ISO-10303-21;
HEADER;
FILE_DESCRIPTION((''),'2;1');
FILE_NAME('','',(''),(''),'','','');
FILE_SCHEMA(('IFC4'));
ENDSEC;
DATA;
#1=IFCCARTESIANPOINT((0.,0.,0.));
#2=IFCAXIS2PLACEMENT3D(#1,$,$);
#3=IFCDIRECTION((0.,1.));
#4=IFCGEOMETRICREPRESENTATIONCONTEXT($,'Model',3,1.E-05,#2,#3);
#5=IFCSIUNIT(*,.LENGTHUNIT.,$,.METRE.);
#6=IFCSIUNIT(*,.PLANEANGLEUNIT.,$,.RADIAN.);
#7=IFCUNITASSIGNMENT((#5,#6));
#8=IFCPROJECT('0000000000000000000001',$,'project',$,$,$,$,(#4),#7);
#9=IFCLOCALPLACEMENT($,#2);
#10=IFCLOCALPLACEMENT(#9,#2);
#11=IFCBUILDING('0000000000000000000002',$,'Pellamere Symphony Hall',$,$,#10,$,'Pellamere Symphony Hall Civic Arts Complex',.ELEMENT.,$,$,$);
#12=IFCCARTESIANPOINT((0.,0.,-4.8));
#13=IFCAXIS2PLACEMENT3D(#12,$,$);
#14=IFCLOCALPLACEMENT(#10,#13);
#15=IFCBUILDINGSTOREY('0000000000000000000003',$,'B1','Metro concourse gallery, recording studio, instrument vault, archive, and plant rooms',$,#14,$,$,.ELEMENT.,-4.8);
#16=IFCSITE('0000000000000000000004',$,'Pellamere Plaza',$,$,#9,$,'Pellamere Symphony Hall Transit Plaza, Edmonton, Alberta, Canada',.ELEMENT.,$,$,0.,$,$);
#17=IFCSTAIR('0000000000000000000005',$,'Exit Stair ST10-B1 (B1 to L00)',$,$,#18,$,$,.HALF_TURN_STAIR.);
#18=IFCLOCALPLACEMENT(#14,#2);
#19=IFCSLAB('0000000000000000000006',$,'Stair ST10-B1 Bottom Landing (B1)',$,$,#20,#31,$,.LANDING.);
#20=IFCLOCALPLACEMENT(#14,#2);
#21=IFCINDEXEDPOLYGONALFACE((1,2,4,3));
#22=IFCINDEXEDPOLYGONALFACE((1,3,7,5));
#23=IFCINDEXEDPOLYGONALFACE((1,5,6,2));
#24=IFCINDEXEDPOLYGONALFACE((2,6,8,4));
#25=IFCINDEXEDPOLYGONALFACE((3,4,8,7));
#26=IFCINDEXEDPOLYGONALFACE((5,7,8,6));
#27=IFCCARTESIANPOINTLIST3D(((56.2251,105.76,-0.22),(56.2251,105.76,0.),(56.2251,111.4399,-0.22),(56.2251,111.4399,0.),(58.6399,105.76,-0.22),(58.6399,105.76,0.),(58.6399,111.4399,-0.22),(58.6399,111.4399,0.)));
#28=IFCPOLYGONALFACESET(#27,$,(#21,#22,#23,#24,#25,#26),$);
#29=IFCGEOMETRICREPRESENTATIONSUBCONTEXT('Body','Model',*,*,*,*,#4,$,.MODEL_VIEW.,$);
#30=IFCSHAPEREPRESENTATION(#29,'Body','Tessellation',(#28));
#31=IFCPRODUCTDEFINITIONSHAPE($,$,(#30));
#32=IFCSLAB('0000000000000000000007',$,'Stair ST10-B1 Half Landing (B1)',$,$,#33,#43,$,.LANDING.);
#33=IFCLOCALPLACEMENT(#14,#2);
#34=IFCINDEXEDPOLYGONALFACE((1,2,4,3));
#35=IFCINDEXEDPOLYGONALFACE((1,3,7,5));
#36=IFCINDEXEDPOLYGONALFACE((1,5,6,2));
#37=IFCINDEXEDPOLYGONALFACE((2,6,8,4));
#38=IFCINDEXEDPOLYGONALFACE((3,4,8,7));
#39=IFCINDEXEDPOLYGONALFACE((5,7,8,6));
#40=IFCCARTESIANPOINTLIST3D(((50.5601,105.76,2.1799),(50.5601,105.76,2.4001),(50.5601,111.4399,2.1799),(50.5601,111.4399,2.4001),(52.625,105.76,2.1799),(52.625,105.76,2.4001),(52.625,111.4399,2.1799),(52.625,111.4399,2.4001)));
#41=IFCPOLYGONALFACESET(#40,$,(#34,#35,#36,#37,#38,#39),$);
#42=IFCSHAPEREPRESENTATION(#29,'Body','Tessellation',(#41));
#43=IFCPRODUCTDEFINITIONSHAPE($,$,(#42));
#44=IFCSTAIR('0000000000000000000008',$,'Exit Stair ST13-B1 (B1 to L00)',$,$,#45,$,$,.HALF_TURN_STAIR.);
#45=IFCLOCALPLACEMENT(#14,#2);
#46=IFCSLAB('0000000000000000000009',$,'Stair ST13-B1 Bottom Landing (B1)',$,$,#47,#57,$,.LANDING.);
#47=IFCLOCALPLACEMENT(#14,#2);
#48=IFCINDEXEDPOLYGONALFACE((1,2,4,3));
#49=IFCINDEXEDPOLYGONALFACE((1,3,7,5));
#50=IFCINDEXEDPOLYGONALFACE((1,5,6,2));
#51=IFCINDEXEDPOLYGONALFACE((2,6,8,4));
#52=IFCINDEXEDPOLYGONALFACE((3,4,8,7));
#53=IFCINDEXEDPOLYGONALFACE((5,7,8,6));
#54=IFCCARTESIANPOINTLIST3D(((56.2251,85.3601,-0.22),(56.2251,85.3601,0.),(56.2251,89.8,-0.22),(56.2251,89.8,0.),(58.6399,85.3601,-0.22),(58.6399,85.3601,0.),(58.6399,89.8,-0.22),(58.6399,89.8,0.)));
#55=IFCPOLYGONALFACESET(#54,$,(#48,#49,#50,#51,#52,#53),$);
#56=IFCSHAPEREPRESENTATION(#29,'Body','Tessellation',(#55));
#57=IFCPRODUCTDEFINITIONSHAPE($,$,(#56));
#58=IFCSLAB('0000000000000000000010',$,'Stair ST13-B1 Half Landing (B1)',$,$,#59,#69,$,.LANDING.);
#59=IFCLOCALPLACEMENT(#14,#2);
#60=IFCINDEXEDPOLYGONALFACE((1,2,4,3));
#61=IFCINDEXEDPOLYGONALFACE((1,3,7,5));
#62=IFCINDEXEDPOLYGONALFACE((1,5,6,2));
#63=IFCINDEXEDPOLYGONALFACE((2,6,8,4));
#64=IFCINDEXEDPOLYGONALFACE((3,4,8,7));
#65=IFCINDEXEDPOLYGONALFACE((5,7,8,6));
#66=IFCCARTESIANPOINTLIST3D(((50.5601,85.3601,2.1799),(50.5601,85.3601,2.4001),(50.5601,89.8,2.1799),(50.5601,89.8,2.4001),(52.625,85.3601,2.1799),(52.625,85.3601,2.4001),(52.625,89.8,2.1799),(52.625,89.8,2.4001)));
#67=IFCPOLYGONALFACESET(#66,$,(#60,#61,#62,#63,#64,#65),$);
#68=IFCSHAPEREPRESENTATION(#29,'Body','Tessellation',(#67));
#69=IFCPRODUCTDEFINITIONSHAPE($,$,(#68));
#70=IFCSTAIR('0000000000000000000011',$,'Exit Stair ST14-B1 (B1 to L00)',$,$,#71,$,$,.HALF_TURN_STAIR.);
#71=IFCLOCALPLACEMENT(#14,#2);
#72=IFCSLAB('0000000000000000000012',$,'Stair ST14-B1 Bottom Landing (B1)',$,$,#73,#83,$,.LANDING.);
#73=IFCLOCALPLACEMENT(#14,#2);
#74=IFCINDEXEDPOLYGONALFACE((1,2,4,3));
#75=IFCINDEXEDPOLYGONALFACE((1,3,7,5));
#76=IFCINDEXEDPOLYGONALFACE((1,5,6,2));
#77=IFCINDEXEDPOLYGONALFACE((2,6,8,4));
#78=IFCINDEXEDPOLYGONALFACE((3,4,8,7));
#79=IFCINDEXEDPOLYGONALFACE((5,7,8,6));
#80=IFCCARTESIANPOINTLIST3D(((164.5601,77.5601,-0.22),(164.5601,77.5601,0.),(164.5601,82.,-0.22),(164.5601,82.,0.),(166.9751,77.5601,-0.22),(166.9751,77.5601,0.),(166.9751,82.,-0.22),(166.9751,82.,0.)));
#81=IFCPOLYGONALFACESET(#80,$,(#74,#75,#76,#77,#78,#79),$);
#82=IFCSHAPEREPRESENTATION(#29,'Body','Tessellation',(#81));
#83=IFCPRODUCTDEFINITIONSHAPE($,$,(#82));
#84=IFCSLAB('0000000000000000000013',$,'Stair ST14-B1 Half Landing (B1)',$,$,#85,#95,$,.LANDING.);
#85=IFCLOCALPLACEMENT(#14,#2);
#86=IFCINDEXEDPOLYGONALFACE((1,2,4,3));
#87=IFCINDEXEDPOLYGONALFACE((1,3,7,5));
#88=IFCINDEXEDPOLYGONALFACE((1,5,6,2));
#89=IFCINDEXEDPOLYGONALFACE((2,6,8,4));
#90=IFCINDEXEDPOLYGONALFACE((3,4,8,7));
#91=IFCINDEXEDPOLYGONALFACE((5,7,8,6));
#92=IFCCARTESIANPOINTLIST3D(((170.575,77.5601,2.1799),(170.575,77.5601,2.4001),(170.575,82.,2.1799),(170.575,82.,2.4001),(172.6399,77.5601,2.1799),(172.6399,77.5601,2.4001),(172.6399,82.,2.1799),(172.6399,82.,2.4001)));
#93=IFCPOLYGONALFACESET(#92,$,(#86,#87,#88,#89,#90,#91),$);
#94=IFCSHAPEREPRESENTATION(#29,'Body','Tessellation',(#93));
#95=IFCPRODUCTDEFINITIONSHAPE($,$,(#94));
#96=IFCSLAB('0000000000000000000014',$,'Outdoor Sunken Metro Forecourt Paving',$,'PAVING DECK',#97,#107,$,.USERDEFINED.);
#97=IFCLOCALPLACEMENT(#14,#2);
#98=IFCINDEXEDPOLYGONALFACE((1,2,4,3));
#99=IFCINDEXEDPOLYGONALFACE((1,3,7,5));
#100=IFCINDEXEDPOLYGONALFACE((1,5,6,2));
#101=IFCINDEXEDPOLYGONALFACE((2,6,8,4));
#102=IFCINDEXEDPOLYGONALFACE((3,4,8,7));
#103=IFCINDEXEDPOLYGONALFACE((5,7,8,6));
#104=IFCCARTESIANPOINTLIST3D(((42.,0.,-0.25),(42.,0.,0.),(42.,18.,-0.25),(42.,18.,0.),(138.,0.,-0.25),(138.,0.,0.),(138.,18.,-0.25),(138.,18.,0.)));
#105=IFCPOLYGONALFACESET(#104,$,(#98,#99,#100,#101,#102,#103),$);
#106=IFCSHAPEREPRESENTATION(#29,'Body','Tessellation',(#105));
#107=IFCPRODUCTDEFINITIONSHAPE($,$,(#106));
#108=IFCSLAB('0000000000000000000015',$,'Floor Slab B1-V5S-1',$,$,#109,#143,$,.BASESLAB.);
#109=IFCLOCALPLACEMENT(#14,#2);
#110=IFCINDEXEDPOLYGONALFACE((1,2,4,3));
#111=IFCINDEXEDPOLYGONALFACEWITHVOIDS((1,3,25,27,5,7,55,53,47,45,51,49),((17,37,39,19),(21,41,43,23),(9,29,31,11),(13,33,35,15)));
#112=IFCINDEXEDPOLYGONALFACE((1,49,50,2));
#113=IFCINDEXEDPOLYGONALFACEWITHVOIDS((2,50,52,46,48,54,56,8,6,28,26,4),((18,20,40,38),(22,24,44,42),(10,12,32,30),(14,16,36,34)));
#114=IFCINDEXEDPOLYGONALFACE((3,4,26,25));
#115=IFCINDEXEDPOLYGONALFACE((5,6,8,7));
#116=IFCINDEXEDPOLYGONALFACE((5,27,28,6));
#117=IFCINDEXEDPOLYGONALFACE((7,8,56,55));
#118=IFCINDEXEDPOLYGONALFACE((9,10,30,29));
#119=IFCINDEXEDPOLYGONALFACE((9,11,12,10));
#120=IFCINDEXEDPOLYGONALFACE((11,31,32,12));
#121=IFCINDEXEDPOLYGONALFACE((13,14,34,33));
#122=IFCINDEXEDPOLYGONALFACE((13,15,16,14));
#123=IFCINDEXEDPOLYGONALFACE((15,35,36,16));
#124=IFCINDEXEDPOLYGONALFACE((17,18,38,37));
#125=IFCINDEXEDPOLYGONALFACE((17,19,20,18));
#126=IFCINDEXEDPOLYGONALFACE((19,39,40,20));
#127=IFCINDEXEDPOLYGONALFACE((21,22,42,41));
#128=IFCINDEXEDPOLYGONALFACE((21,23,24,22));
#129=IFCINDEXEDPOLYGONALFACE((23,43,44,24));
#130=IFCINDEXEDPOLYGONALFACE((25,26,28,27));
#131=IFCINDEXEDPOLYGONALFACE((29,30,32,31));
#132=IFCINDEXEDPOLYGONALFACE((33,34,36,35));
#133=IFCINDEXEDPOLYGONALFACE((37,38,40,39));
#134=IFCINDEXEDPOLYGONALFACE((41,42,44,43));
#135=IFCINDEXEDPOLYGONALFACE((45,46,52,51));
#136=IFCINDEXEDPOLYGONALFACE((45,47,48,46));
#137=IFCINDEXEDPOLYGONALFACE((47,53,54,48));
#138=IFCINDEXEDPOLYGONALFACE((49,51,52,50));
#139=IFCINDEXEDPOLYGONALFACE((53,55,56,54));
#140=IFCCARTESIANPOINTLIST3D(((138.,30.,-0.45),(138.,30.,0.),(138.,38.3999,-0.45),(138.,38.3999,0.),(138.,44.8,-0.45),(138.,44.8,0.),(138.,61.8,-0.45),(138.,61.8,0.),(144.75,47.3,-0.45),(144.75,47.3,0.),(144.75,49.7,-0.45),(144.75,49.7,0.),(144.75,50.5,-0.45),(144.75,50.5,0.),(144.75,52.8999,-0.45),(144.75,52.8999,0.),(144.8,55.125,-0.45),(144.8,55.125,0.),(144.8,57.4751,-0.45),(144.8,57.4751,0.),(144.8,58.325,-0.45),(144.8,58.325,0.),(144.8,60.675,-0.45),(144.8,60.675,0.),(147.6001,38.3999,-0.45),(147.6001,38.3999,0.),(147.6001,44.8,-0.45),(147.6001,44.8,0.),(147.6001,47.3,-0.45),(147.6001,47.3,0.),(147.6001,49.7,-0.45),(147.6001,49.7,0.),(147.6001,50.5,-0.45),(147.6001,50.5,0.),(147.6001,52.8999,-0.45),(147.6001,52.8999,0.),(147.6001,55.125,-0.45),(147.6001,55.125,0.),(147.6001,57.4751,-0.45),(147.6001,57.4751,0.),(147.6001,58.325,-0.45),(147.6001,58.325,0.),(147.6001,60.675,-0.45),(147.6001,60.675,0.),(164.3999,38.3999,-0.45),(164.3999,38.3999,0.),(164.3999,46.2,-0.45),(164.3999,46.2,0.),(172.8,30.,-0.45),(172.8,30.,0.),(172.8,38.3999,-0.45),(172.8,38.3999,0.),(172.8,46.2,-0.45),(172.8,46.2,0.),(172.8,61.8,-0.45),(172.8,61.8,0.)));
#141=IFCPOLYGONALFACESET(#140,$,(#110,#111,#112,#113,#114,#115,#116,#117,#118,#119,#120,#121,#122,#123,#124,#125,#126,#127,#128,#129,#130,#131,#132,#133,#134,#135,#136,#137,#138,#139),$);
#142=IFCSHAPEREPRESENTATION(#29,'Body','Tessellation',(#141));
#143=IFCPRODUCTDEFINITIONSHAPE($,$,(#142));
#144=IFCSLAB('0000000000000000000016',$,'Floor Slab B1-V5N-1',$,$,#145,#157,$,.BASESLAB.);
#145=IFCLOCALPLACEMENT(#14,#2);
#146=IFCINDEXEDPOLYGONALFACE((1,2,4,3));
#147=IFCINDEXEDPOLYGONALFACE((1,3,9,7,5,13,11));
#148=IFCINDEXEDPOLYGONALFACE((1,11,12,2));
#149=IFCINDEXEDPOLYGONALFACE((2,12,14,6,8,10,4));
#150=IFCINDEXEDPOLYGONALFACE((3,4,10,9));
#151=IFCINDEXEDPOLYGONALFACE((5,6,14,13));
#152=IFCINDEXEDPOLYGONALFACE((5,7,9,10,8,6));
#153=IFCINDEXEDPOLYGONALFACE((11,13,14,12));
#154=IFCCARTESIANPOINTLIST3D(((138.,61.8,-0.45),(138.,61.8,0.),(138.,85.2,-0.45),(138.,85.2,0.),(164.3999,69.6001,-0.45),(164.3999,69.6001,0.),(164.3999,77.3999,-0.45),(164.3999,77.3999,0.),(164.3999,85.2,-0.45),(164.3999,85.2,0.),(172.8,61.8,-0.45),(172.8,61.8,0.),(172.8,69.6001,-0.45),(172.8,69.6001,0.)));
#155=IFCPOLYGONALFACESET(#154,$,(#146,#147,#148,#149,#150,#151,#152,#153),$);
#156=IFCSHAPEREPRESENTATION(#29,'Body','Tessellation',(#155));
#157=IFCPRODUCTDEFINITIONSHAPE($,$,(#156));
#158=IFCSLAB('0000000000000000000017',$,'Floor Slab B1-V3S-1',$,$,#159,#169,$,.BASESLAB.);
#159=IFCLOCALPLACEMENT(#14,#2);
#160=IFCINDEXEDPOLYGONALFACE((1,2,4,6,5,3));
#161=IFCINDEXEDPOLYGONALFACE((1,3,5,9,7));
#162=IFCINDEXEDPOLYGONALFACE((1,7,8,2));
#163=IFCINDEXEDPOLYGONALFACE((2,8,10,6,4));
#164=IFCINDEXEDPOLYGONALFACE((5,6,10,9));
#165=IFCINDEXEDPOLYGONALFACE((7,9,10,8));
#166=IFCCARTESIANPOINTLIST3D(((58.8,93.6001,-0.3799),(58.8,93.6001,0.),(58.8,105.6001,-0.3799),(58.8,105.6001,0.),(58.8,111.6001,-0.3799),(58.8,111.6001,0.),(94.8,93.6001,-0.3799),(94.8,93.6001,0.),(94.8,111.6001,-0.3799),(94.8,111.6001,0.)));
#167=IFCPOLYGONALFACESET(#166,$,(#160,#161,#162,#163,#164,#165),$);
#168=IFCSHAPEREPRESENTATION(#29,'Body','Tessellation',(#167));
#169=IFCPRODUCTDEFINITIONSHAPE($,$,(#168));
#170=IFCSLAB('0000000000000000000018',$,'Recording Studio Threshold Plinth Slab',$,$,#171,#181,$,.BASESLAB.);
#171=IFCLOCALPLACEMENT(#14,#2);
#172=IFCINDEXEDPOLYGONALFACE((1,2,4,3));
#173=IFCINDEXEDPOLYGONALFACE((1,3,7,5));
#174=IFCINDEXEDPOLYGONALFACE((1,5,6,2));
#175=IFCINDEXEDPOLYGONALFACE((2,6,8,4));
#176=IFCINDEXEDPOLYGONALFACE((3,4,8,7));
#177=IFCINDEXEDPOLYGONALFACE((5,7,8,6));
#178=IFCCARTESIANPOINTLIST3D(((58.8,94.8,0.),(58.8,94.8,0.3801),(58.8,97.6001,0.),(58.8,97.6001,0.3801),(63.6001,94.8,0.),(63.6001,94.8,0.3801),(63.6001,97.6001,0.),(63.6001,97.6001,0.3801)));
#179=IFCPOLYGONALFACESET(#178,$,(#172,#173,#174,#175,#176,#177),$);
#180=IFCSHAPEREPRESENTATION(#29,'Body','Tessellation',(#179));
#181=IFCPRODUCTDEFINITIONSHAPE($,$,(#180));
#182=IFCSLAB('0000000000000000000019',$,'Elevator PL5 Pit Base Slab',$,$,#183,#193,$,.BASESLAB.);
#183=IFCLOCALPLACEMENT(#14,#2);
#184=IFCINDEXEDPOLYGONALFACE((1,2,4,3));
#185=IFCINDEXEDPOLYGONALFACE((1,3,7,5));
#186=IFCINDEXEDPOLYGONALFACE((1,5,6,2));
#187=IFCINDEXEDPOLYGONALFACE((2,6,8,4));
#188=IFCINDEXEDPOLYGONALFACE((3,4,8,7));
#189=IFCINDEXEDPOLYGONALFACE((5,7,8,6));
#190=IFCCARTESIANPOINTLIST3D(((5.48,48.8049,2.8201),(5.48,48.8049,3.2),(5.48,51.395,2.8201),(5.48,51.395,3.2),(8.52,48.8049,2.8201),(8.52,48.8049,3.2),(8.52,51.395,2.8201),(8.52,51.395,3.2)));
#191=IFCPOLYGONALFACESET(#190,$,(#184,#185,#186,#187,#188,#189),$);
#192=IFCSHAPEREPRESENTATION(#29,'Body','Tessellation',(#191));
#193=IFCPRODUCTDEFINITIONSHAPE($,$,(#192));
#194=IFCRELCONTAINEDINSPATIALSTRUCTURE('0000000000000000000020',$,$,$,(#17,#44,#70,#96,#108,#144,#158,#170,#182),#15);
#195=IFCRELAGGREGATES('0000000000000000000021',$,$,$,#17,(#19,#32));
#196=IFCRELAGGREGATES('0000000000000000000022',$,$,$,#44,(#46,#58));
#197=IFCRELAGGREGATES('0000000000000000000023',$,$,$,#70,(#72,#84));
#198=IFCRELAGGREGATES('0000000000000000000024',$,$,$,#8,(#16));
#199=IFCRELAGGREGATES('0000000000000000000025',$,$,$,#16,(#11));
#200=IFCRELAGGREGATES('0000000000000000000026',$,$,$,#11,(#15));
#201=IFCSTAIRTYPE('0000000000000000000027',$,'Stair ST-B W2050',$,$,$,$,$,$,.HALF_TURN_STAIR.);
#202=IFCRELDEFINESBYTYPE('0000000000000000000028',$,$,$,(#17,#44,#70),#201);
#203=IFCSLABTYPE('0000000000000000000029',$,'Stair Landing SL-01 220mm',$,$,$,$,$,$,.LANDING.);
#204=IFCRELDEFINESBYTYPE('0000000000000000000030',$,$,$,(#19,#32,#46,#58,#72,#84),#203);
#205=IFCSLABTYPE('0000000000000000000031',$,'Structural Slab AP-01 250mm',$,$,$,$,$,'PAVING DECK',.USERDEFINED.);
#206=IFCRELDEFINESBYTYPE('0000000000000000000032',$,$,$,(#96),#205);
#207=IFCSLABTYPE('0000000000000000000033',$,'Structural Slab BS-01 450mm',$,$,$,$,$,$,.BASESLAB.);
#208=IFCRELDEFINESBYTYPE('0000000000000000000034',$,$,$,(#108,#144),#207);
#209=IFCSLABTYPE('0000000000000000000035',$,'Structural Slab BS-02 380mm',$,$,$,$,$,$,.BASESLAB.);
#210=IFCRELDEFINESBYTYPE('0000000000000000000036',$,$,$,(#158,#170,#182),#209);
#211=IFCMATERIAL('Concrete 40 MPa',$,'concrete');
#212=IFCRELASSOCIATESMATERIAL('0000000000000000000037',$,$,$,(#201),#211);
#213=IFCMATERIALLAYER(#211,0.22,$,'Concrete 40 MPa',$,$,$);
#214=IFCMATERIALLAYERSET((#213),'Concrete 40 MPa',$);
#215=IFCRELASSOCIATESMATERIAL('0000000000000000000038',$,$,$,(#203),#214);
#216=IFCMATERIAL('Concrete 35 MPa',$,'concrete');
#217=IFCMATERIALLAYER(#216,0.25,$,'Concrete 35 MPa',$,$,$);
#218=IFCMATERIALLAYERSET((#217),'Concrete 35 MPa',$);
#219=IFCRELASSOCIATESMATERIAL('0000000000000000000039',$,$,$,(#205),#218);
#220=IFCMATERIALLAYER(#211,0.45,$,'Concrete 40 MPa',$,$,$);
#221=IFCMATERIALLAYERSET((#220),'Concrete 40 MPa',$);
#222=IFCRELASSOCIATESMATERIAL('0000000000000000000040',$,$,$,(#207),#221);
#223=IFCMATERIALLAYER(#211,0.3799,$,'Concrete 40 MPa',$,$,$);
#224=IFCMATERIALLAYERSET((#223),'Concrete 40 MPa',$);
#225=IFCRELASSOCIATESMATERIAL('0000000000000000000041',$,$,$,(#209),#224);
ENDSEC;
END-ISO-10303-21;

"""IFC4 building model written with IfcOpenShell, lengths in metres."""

from ifc_helpers import new_model, si_unit, direction, frame, origin, place, context, subcontext, project, spatial, polyline, outline, extrude, material, layer, layer_set, type_object, element, aggregate, save


model = new_model("IFC4")

# Units and contexts
model_context = context("Model", 3, precision=1e-05, world=origin(), true_north=direction((0.0, 1.0)))
body_context = subcontext(model_context, "Body", "Model", "MODEL_VIEW")
ifc_project = project(units=[si_unit("LENGTHUNIT", "METRE"), si_unit("PLANEANGLEUNIT", "RADIAN")], contexts=[model_context])

# Site, building, storey
site_placement = place(None, origin())
site = spatial("IfcSite", under=ifc_project, at=site_placement, Name="Pellamere Plaza", LongName="Pellamere Symphony Hall Transit Plaza, Edmonton, Alberta, Canada", CompositionType="ELEMENT", RefElevation=0.0)
building_placement = place(site_placement, origin())
building = spatial("IfcBuilding", under=site, at=building_placement, Name="Pellamere Symphony Hall", LongName="Pellamere Symphony Hall Civic Arts Complex", CompositionType="ELEMENT")
storey_placement = place(building_placement, frame((0.0, 0.0, -4.8)))
storey = spatial("IfcBuildingStorey", under=building, at=storey_placement, Name="B1", Description="Metro concourse gallery, recording studio, instrument vault, archive, and plant rooms", CompositionType="ELEMENT", Elevation=-4.8)

# Stairs, slabs
ifc_material_1 = material(Name="Concrete 40 MPa", Category="concrete")
stair_type_1 = type_object("IfcStairType", Name="Stair ST-B W2050", PredefinedType="HALF_TURN_STAIR", material=ifc_material_1)
ifc_layer_1 = layer(ifc_material_1, 0.22, Name="Concrete 40 MPa")
ifc_layer_set_1 = layer_set([ifc_layer_1], Name="Concrete 40 MPa")
slab_type_1 = type_object("IfcSlabType", Name="Stair Landing SL-01 220mm", PredefinedType="LANDING", material=ifc_layer_set_1)
stair_1_placement = place(storey_placement, origin())
stair_1 = element("IfcStair", 1, at=stair_1_placement, inside=storey, type_object=stair_type_1, Name="Exit Stair ST10-B1 (B1 to L00)", PredefinedType="HALF_TURN_STAIR")
slab_1_placement = place(storey_placement, frame((0.0, 0.0, -0.22)))
slab_1 = element("IfcSlab", 2, at=slab_1_placement, type_object=slab_type_1, Name="Stair ST10-B1 Bottom Landing (B1)", PredefinedType="LANDING", context=body_context, shape_type="SweptSolid", body=[
    extrude(outline(polyline([(56.2251, 105.76), (58.6399, 105.76), (58.6399, 111.4399), (56.2251, 111.4399), (56.2251, 105.76)])), origin(), (0.0, 0.0, 1.0), 0.22),
])
slab_2_placement = place(storey_placement, frame((0.0, 0.0, 2.1799)))
slab_2 = element("IfcSlab", 3, at=slab_2_placement, type_object=slab_type_1, Name="Stair ST10-B1 Half Landing (B1)", PredefinedType="LANDING", context=body_context, shape_type="SweptSolid", body=[
    extrude(outline(polyline([(50.5601, 105.76), (52.625, 105.76), (52.625, 111.4399), (50.5601, 111.4399), (50.5601, 105.76)])), origin(), (0.0, 0.0, 1.0), 0.2202),
])
aggregate(stair_1, [slab_1, slab_2])
stair_2_placement = place(storey_placement, origin())
stair_2 = element("IfcStair", 4, at=stair_2_placement, inside=storey, type_object=stair_type_1, Name="Exit Stair ST13-B1 (B1 to L00)", PredefinedType="HALF_TURN_STAIR")
slab_3_placement = place(storey_placement, frame((0.0, 0.0, -0.22)))
slab_3 = element("IfcSlab", 5, at=slab_3_placement, type_object=slab_type_1, Name="Stair ST13-B1 Bottom Landing (B1)", PredefinedType="LANDING", context=body_context, shape_type="SweptSolid", body=[
    extrude(outline(polyline([(56.2251, 85.3601), (58.6399, 85.3601), (58.6399, 89.8), (56.2251, 89.8), (56.2251, 85.3601)])), origin(), (0.0, 0.0, 1.0), 0.22),
])
slab_4_placement = place(storey_placement, frame((0.0, 0.0, 2.1799)))
slab_4 = element("IfcSlab", 6, at=slab_4_placement, type_object=slab_type_1, Name="Stair ST13-B1 Half Landing (B1)", PredefinedType="LANDING", context=body_context, shape_type="SweptSolid", body=[
    extrude(outline(polyline([(50.5601, 85.3601), (52.625, 85.3601), (52.625, 89.8), (50.5601, 89.8), (50.5601, 85.3601)])), origin(), (0.0, 0.0, 1.0), 0.2202),
])
aggregate(stair_2, [slab_3, slab_4])
stair_3_placement = place(storey_placement, origin())
stair_3 = element("IfcStair", 7, at=stair_3_placement, inside=storey, type_object=stair_type_1, Name="Exit Stair ST14-B1 (B1 to L00)", PredefinedType="HALF_TURN_STAIR")
slab_5_placement = place(storey_placement, frame((0.0, 0.0, -0.22)))
slab_5 = element("IfcSlab", 8, at=slab_5_placement, type_object=slab_type_1, Name="Stair ST14-B1 Bottom Landing (B1)", PredefinedType="LANDING", context=body_context, shape_type="SweptSolid", body=[
    extrude(outline(polyline([(164.5601, 77.5601), (166.9751, 77.5601), (166.9751, 82.0), (164.5601, 82.0), (164.5601, 77.5601)])), origin(), (0.0, 0.0, 1.0), 0.22),
])
slab_6_placement = place(storey_placement, frame((0.0, 0.0, 2.1799)))
slab_6 = element("IfcSlab", 9, at=slab_6_placement, type_object=slab_type_1, Name="Stair ST14-B1 Half Landing (B1)", PredefinedType="LANDING", context=body_context, shape_type="SweptSolid", body=[
    extrude(outline(polyline([(170.575, 77.5601), (172.6399, 77.5601), (172.6399, 82.0), (170.575, 82.0), (170.575, 77.5601)])), origin(), (0.0, 0.0, 1.0), 0.2202),
])
aggregate(stair_3, [slab_5, slab_6])

# Slabs
ifc_material_2 = material(Name="Concrete 35 MPa", Category="concrete")
ifc_layer_2 = layer(ifc_material_2, 0.25, Name="Concrete 35 MPa")
ifc_layer_set_2 = layer_set([ifc_layer_2], Name="Concrete 35 MPa")
slab_type_2 = type_object("IfcSlabType", Name="Structural Slab AP-01 250mm", ElementType="PAVING DECK", PredefinedType="USERDEFINED", material=ifc_layer_set_2)
slab_7_placement = place(storey_placement, frame((0.0, 0.0, -0.25)))
element("IfcSlab", 10, at=slab_7_placement, inside=storey, type_object=slab_type_2, Name="Outdoor Sunken Metro Forecourt Paving", ObjectType="PAVING DECK", PredefinedType="USERDEFINED", context=body_context, shape_type="SweptSolid", body=[
    extrude(outline(polyline([(138.0, 0.0), (138.0, 18.0), (42.0, 18.0), (42.0, 0.0), (138.0, 0.0)])), origin(), (0.0, 0.0, 1.0), 0.25),
])
ifc_layer_3 = layer(ifc_material_1, 0.45, Name="Concrete 40 MPa")
ifc_layer_set_3 = layer_set([ifc_layer_3], Name="Concrete 40 MPa")
slab_type_3 = type_object("IfcSlabType", Name="Structural Slab BS-01 450mm", PredefinedType="BASESLAB", material=ifc_layer_set_3)
slab_8_placement = place(storey_placement, frame((0.0, 0.0, -0.45)))
element("IfcSlab", 11, at=slab_8_placement, inside=storey, type_object=slab_type_3, Name="Floor Slab B1-V5S-1", PredefinedType="BASESLAB", context=body_context, shape_type="SweptSolid", body=[
    extrude(outline(polyline([(172.8, 30.0), (138.0, 30.0), (138.0, 38.3999), (147.6001, 38.3999), (147.6001, 44.8), (138.0, 44.8), (138.0, 61.8), (172.8, 61.8), (172.8, 46.2), (164.3999, 46.2), (164.3999, 38.3999), (172.8, 38.3999), (172.8, 30.0)]), holes=[polyline([(147.6001, 49.7), (144.75, 49.7), (144.75, 47.3), (147.6001, 47.3), (147.6001, 49.7)]), polyline([(147.6001, 52.8999), (144.75, 52.8999), (144.75, 50.5), (147.6001, 50.5), (147.6001, 52.8999)]), polyline([(147.6001, 57.4751), (144.8, 57.4751), (144.8, 55.125), (147.6001, 55.125), (147.6001, 57.4751)]), polyline([(147.6001, 60.675), (144.8, 60.675), (144.8, 58.325), (147.6001, 58.325), (147.6001, 60.675)])]), origin(), (0.0, 0.0, 1.0), 0.45),
])
slab_9_placement = place(storey_placement, frame((0.0, 0.0, -0.45)))
element("IfcSlab", 12, at=slab_9_placement, inside=storey, type_object=slab_type_3, Name="Floor Slab B1-V5N-1", PredefinedType="BASESLAB", context=body_context, shape_type="SweptSolid", body=[
    extrude(outline(polyline([(172.8, 61.8), (138.0, 61.8), (138.0, 85.2), (164.3999, 85.2), (164.3999, 77.3999), (164.3999, 69.6001), (172.8, 69.6001), (172.8, 61.8)])), origin(), (0.0, 0.0, 1.0), 0.45),
])
ifc_layer_4 = layer(ifc_material_1, 0.3799, Name="Concrete 40 MPa")
ifc_layer_set_4 = layer_set([ifc_layer_4], Name="Concrete 40 MPa")
slab_type_4 = type_object("IfcSlabType", Name="Structural Slab BS-02 380mm", PredefinedType="BASESLAB", material=ifc_layer_set_4)
slab_10_placement = place(storey_placement, frame((0.0, 0.0, -0.3799)))
element("IfcSlab", 13, at=slab_10_placement, inside=storey, type_object=slab_type_4, Name="Floor Slab B1-V3S-1", PredefinedType="BASESLAB", context=body_context, shape_type="SweptSolid", body=[
    extrude(outline(polyline([(94.8, 111.6001), (94.8, 93.6001), (58.8, 93.6001), (58.8, 105.6001), (58.8, 111.6001), (94.8, 111.6001)])), origin(), (0.0, 0.0, 1.0), 0.3799),
])
slab_11_placement = place(storey_placement, origin())
element("IfcSlab", 14, at=slab_11_placement, inside=storey, type_object=slab_type_4, Name="Recording Studio Threshold Plinth Slab", PredefinedType="BASESLAB", context=body_context, shape_type="SweptSolid", body=[
    extrude(outline(polyline([(63.6001, 94.8), (63.6001, 97.6001), (58.8, 97.6001), (58.8, 94.8), (63.6001, 94.8)])), origin(), (0.0, 0.0, 1.0), 0.3801),
])
slab_12_placement = place(storey_placement, frame((0.0, 0.0, 2.8201)))
element("IfcSlab", 15, at=slab_12_placement, inside=storey, type_object=slab_type_4, Name="Elevator PL5 Pit Base Slab", PredefinedType="BASESLAB", context=body_context, shape_type="SweptSolid", body=[
    extrude(outline(polyline([(5.48, 48.8049), (8.52, 48.8049), (8.52, 51.395), (5.48, 51.395), (5.48, 48.8049)])), origin(), (0.0, 0.0, 1.0), 0.3799),
])

save(model, "model.ifc")
